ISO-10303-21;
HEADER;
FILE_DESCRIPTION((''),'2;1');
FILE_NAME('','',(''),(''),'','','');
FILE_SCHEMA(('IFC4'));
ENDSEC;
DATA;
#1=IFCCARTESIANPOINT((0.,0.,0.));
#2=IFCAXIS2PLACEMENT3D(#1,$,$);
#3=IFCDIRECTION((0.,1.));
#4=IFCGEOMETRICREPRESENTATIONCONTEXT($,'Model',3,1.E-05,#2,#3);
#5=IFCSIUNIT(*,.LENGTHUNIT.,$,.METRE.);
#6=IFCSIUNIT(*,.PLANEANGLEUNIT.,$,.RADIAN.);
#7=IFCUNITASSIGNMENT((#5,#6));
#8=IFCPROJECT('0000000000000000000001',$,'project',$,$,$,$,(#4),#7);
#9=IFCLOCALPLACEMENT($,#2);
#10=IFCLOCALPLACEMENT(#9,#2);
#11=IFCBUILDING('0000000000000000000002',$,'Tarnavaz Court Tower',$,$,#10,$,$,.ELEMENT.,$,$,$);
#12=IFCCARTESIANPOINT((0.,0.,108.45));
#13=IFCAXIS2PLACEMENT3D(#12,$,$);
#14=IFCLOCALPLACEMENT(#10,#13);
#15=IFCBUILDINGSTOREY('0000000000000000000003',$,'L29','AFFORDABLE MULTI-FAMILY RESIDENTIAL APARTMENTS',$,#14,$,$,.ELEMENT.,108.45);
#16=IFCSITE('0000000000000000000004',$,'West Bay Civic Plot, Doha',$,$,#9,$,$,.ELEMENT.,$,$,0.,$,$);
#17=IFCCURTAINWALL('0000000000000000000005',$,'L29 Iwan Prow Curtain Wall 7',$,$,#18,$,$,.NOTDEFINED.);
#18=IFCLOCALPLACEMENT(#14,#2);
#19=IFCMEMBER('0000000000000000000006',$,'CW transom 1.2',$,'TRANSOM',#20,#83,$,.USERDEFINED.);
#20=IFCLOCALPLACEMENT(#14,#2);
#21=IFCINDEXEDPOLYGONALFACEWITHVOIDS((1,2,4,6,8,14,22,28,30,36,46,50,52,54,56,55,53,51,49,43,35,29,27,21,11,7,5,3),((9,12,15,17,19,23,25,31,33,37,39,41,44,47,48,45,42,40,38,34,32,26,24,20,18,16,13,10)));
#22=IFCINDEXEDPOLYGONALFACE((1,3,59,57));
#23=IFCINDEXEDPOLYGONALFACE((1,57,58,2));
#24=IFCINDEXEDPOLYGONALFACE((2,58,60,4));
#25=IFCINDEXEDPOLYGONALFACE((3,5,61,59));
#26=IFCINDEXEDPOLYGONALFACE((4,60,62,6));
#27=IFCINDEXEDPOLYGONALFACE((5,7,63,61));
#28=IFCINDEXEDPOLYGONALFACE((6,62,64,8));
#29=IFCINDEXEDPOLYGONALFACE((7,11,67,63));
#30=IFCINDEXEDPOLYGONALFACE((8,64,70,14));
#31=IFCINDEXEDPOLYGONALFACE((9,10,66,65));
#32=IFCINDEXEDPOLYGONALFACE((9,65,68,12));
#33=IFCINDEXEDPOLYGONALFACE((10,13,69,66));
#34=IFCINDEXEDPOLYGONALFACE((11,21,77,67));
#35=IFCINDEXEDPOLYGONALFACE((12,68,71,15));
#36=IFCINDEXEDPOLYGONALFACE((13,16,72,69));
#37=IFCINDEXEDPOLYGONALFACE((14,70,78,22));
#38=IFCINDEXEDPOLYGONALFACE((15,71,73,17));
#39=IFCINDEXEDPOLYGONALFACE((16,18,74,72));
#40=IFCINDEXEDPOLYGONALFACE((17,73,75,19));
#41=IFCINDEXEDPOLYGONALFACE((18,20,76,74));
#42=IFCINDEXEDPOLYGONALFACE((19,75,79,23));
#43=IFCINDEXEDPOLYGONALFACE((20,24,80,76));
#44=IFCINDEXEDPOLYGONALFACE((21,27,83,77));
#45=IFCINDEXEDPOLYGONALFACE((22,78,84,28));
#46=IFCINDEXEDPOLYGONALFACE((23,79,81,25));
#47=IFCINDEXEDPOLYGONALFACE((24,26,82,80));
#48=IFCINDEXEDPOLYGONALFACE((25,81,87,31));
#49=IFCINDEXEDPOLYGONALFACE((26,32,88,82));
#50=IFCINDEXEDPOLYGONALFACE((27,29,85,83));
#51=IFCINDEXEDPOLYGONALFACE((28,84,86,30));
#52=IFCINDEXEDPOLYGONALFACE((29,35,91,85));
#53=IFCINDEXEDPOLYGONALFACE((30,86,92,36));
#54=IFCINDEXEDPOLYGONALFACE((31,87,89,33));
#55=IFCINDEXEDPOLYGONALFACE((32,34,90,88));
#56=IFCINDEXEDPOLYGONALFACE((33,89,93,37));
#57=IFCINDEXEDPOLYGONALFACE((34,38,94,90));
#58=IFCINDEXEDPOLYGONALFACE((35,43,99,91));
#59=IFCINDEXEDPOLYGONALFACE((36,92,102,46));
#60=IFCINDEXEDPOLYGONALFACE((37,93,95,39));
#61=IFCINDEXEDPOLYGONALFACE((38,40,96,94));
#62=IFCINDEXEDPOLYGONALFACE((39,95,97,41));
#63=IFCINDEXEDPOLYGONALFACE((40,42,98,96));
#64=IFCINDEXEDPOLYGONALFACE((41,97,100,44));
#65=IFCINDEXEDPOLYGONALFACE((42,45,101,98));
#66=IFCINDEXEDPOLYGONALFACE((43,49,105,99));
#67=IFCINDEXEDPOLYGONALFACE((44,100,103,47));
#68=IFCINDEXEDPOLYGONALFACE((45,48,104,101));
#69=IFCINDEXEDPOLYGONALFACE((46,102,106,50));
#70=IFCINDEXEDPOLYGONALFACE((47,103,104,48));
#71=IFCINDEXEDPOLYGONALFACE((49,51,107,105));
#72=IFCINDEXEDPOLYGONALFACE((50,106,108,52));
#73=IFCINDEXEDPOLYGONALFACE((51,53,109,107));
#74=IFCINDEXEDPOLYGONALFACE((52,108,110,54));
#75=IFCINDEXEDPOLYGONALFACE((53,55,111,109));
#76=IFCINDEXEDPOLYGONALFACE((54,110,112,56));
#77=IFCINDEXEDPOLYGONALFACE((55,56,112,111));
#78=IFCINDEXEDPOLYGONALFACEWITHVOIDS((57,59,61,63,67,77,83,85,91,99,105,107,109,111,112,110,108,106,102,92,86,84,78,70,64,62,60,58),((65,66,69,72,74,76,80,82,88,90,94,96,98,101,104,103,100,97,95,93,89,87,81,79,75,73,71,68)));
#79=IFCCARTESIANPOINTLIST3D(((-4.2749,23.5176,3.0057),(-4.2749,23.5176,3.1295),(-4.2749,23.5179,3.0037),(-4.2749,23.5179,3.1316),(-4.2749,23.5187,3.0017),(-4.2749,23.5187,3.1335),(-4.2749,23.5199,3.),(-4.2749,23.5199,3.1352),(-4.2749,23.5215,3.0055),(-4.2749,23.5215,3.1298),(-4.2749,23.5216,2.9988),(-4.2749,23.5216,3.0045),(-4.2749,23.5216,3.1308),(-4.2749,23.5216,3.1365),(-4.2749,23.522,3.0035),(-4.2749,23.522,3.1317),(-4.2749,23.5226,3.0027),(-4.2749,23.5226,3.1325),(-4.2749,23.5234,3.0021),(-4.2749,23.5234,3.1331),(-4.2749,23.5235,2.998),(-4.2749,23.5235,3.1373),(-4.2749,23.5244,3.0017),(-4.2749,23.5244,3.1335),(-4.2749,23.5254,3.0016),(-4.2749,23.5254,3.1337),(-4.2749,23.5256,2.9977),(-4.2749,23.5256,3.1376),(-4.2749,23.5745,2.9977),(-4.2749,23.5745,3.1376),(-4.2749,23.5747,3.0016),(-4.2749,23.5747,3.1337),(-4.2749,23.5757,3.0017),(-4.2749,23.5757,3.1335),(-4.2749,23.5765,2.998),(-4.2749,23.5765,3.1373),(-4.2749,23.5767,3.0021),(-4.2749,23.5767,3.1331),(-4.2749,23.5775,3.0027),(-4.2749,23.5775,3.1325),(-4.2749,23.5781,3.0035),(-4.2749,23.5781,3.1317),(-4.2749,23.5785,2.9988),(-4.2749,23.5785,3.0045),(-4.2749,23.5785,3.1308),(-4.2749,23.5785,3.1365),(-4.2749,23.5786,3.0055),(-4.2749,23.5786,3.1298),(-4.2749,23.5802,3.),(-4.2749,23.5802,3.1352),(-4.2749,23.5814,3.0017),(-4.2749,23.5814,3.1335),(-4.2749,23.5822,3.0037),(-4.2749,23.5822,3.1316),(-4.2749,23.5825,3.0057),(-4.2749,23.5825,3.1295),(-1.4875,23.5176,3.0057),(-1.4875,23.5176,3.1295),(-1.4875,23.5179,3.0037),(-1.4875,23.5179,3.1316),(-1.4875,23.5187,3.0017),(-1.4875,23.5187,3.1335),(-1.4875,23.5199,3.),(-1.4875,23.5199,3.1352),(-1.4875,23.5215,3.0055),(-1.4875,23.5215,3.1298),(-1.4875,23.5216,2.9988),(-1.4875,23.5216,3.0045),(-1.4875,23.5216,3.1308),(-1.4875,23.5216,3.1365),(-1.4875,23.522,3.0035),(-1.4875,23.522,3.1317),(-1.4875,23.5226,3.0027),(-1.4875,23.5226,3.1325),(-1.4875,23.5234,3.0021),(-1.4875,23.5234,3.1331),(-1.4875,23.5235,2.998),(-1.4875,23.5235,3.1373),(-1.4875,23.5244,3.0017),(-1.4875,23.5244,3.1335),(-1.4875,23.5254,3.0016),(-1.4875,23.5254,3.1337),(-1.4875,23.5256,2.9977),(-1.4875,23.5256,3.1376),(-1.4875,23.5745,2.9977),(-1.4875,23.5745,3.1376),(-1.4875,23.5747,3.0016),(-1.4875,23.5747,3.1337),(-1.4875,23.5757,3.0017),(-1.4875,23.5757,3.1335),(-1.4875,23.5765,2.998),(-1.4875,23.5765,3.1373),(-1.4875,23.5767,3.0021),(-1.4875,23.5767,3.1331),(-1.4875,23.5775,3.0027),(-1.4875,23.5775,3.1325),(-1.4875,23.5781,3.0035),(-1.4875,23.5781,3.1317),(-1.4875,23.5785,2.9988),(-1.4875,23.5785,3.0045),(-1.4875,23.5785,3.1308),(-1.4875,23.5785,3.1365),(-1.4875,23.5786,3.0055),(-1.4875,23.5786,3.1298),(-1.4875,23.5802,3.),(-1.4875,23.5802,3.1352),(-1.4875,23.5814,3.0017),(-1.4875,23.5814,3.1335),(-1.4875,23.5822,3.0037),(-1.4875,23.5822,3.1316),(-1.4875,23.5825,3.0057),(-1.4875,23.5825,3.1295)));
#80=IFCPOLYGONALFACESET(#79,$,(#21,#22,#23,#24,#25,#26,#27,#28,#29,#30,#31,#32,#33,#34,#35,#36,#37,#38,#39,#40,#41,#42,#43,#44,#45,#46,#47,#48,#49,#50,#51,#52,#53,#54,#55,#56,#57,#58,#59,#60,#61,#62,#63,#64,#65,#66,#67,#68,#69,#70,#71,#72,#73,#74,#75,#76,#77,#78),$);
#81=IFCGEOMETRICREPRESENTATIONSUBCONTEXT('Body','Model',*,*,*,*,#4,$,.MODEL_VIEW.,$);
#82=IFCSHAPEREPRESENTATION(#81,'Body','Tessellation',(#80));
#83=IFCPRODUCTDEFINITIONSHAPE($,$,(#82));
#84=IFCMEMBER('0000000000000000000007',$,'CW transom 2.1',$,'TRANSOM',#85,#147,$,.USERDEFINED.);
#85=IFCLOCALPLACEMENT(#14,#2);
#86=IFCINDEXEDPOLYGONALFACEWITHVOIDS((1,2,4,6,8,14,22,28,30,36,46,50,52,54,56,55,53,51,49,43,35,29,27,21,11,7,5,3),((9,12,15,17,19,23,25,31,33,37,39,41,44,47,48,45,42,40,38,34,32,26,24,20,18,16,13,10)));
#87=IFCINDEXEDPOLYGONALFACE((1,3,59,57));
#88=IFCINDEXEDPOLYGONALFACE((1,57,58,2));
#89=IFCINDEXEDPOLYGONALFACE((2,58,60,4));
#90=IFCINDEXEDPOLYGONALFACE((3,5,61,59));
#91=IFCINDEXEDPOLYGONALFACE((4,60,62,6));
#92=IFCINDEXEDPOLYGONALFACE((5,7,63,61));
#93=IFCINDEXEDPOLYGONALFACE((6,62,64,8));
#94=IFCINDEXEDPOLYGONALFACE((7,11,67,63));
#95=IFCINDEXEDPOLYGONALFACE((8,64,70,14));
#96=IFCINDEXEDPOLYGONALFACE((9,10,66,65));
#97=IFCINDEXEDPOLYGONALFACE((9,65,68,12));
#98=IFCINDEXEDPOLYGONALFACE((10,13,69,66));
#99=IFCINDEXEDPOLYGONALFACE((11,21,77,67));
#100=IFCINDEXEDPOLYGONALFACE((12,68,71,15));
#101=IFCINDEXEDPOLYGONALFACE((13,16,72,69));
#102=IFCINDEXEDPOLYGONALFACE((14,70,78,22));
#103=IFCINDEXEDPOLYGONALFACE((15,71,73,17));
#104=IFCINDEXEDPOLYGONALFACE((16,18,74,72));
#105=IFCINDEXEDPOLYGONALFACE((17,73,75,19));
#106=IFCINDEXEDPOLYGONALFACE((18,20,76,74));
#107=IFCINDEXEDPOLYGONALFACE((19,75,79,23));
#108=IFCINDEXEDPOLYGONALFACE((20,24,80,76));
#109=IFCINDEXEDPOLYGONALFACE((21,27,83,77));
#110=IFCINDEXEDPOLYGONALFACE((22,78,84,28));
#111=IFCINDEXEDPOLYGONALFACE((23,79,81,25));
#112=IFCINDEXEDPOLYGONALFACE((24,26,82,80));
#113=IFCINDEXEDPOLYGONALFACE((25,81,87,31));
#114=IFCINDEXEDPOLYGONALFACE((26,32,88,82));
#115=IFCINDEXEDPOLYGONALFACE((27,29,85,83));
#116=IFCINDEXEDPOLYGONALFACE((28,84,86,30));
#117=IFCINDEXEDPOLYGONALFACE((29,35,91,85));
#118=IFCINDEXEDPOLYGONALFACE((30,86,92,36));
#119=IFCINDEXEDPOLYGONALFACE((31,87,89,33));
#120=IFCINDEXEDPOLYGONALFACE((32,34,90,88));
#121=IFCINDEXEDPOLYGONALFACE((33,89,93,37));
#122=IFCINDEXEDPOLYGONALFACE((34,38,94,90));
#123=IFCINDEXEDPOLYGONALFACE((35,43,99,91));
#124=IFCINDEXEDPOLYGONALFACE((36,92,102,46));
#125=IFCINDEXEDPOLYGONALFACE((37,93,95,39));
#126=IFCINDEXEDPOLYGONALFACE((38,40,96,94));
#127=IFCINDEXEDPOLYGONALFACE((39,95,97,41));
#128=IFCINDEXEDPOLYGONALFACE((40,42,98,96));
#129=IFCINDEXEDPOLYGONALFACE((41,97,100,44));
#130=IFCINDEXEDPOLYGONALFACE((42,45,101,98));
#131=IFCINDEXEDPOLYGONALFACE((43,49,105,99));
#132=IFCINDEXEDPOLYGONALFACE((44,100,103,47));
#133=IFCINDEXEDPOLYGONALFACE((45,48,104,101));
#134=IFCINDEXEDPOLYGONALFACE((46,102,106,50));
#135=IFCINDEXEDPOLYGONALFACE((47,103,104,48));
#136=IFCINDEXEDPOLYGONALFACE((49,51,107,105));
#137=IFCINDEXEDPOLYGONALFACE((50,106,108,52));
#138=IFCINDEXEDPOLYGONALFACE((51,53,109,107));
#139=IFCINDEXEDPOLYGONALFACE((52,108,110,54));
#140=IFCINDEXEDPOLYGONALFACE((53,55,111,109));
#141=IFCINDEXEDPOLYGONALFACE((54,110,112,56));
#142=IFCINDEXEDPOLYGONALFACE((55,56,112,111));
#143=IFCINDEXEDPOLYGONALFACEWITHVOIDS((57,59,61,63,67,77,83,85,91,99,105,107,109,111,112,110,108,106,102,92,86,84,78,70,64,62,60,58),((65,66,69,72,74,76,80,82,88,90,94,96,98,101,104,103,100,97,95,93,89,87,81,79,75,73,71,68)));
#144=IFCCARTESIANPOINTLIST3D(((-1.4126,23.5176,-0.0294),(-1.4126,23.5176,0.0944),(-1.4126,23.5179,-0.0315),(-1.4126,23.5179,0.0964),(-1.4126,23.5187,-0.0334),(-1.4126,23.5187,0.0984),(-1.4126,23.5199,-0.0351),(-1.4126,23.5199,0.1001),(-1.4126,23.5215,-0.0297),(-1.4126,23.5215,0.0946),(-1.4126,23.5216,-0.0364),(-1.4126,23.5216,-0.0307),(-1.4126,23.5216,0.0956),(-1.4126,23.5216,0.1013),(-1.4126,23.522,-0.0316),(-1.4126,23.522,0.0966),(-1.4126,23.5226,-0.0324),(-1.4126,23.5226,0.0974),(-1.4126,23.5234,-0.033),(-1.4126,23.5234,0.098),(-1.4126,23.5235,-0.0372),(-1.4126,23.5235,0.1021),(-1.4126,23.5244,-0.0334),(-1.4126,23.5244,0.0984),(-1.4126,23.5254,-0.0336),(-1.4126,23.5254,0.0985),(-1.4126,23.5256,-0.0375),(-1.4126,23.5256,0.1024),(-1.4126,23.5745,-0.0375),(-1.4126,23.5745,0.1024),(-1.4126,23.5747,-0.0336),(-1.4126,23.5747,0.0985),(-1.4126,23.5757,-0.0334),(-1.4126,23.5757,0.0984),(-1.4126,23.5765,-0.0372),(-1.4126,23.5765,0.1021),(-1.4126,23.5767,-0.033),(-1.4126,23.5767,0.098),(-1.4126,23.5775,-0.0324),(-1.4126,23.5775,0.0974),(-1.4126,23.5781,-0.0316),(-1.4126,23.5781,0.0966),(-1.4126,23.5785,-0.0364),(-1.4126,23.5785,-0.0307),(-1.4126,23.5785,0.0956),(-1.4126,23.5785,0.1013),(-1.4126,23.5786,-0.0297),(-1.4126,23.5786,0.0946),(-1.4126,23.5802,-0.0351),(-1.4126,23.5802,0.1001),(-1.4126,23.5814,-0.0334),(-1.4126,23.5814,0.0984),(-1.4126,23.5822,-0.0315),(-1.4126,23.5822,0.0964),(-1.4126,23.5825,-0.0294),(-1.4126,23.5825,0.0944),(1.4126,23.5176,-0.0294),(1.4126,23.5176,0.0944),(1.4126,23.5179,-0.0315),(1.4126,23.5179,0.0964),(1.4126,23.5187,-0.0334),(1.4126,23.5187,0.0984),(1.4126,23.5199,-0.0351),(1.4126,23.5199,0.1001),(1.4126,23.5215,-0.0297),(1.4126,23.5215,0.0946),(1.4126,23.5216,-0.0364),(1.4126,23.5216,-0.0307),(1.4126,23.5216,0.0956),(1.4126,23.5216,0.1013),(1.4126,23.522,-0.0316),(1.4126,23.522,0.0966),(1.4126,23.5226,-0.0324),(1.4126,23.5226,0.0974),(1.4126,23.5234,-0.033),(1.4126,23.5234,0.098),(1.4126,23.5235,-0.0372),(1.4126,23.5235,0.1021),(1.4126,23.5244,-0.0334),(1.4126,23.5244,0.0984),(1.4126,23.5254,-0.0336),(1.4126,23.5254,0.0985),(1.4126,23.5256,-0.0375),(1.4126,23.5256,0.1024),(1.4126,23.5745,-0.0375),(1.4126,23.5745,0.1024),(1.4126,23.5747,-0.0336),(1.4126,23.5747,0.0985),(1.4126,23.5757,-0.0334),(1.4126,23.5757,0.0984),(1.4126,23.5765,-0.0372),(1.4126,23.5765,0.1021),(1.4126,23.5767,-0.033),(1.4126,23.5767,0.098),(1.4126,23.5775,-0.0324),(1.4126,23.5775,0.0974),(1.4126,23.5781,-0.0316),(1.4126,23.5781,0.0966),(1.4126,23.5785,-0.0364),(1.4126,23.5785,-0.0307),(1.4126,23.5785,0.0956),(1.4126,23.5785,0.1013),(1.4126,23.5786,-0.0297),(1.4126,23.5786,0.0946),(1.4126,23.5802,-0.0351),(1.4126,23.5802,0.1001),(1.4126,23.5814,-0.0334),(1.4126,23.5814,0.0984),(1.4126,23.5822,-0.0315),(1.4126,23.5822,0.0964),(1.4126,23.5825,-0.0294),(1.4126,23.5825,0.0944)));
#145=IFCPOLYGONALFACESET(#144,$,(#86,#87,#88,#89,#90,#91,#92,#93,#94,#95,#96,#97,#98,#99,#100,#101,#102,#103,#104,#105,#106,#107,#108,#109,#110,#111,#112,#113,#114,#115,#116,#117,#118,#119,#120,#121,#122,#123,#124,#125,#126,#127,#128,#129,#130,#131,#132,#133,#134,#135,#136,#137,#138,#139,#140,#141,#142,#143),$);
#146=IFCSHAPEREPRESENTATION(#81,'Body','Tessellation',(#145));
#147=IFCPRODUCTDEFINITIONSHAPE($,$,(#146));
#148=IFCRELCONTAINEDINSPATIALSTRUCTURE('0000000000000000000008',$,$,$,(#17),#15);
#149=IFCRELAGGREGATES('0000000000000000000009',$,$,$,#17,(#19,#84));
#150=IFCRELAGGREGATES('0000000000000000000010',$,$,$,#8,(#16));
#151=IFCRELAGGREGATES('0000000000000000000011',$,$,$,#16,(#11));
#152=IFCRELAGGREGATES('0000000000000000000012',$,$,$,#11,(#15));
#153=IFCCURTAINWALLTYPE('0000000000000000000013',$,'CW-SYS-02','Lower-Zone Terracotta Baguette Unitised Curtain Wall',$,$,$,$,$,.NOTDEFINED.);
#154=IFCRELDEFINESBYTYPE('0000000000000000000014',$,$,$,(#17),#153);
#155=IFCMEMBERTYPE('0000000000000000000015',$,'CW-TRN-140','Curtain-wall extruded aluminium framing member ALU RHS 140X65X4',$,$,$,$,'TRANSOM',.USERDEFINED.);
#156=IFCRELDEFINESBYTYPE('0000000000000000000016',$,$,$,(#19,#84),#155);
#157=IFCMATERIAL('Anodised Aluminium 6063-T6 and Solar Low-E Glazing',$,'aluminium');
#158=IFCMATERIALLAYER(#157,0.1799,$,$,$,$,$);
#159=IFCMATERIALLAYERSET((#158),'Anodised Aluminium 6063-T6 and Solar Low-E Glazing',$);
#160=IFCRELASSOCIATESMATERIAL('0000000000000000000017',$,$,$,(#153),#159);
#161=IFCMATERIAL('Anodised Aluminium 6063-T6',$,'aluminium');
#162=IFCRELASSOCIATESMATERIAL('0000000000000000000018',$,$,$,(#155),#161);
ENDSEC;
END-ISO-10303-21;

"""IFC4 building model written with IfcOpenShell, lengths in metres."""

from ifc_helpers import new_model, si_unit, direction, frame, origin, origin_2d, place, context, subcontext, project, spatial, hollow_rectangle, extrude, material, layer, layer_set, material_profile, profile_set, type_object, element, aggregate, save


model = new_model("IFC4")

# Units and contexts
model_context = context("Model", 3, precision=1e-05, world=origin(), true_north=direction((0.0, 1.0)))
body_context = subcontext(model_context, "Body", "Model", "MODEL_VIEW")
ifc_project = project(units=[si_unit("LENGTHUNIT", "METRE"), si_unit("PLANEANGLEUNIT", "RADIAN")], contexts=[model_context])

# Site, building, storey
site_placement = place(None, origin())
site = spatial("IfcSite", under=ifc_project, at=site_placement, Name="West Bay Civic Plot, Doha", CompositionType="ELEMENT", RefElevation=0.0)
building_placement = place(site_placement, origin())
building = spatial("IfcBuilding", under=site, at=building_placement, Name="Tarnavaz Court Tower", CompositionType="ELEMENT")
storey_placement = place(building_placement, frame((0.0, 0.0, 108.45)))
storey = spatial("IfcBuildingStorey", under=building, at=storey_placement, Name="L29", Description="AFFORDABLE MULTI-FAMILY RESIDENTIAL APARTMENTS", CompositionType="ELEMENT", Elevation=108.45)

# Curtain wall, members
ifc_material_1 = material(Name="Anodised Aluminium 6063-T6 and Solar Low-E Glazing", Category="aluminium")
ifc_layer_1 = layer(ifc_material_1, 0.1799)
ifc_layer_set_1 = layer_set([ifc_layer_1], Name="Anodised Aluminium 6063-T6 and Solar Low-E Glazing")
curtain_wall_type = type_object("IfcCurtainWallType", Name="CW-SYS-02", Description="Lower-Zone Terracotta Baguette Unitised Curtain Wall", PredefinedType="NOTDEFINED", material=ifc_layer_set_1)
curtain_wall_placement = place(storey_placement, origin())
curtain_wall = element("IfcCurtainWall", 1, at=curtain_wall_placement, inside=storey, type_object=curtain_wall_type, Name="L29 Iwan Prow Curtain Wall 7", PredefinedType="NOTDEFINED")
ifc_material_2 = material(Name="Anodised Aluminium 6063-T6", Category="aluminium")
ifc_material_profile_1 = material_profile(ifc_material_2, hollow_rectangle(XDim=0.0649, YDim=0.1399, WallThickness=0.0039, InnerFilletRadius=0.0039, OuterFilletRadius=0.0081, at=origin_2d()), Name="ALU RHS 140X65X4")
ifc_profile_set_1 = profile_set([ifc_material_profile_1], Name="Anodised Aluminium 6063-T6")
member_type_1 = type_object("IfcMemberType", Name="CW-TRN-140", Description="Curtain-wall extruded aluminium framing member ALU RHS 140X65X4", ElementType="TRANSOM", PredefinedType="USERDEFINED", material=ifc_profile_set_1)
member_1_placement = place(storey_placement, frame((-4.2749, 23.55, 3.0676), z_axis=(1.0, 0.0, 0.0), x_axis=(0.0, 1.0, 0.0)))
member_1 = element("IfcMember", 2, at=member_1_placement, type_object=member_type_1, Name="CW transom 1.2", ObjectType="TRANSOM", PredefinedType="USERDEFINED", context=body_context, shape_type="SweptSolid", body=[
    extrude(hollow_rectangle(XDim=0.0649, YDim=0.1399, WallThickness=0.0039, InnerFilletRadius=0.0039, OuterFilletRadius=0.0081, at=origin_2d()), origin(), (0.0, 0.0, 1.0), 2.7874),
])
member_2_placement = place(storey_placement, frame((-1.4126, 23.55, 0.0325), z_axis=(1.0, 0.0, 0.0), x_axis=(0.0, 1.0, 0.0)))
member_2 = element("IfcMember", 3, at=member_2_placement, type_object=member_type_1, Name="CW transom 2.1", ObjectType="TRANSOM", PredefinedType="USERDEFINED", context=body_context, shape_type="SweptSolid", body=[
    extrude(hollow_rectangle(XDim=0.0649, YDim=0.1399, WallThickness=0.0039, InnerFilletRadius=0.0039, OuterFilletRadius=0.0081, at=origin_2d()), origin(), (0.0, 0.0, 1.0), 2.8252),
])
aggregate(curtain_wall, [member_1, member_2])

save(model, "model.ifc")
